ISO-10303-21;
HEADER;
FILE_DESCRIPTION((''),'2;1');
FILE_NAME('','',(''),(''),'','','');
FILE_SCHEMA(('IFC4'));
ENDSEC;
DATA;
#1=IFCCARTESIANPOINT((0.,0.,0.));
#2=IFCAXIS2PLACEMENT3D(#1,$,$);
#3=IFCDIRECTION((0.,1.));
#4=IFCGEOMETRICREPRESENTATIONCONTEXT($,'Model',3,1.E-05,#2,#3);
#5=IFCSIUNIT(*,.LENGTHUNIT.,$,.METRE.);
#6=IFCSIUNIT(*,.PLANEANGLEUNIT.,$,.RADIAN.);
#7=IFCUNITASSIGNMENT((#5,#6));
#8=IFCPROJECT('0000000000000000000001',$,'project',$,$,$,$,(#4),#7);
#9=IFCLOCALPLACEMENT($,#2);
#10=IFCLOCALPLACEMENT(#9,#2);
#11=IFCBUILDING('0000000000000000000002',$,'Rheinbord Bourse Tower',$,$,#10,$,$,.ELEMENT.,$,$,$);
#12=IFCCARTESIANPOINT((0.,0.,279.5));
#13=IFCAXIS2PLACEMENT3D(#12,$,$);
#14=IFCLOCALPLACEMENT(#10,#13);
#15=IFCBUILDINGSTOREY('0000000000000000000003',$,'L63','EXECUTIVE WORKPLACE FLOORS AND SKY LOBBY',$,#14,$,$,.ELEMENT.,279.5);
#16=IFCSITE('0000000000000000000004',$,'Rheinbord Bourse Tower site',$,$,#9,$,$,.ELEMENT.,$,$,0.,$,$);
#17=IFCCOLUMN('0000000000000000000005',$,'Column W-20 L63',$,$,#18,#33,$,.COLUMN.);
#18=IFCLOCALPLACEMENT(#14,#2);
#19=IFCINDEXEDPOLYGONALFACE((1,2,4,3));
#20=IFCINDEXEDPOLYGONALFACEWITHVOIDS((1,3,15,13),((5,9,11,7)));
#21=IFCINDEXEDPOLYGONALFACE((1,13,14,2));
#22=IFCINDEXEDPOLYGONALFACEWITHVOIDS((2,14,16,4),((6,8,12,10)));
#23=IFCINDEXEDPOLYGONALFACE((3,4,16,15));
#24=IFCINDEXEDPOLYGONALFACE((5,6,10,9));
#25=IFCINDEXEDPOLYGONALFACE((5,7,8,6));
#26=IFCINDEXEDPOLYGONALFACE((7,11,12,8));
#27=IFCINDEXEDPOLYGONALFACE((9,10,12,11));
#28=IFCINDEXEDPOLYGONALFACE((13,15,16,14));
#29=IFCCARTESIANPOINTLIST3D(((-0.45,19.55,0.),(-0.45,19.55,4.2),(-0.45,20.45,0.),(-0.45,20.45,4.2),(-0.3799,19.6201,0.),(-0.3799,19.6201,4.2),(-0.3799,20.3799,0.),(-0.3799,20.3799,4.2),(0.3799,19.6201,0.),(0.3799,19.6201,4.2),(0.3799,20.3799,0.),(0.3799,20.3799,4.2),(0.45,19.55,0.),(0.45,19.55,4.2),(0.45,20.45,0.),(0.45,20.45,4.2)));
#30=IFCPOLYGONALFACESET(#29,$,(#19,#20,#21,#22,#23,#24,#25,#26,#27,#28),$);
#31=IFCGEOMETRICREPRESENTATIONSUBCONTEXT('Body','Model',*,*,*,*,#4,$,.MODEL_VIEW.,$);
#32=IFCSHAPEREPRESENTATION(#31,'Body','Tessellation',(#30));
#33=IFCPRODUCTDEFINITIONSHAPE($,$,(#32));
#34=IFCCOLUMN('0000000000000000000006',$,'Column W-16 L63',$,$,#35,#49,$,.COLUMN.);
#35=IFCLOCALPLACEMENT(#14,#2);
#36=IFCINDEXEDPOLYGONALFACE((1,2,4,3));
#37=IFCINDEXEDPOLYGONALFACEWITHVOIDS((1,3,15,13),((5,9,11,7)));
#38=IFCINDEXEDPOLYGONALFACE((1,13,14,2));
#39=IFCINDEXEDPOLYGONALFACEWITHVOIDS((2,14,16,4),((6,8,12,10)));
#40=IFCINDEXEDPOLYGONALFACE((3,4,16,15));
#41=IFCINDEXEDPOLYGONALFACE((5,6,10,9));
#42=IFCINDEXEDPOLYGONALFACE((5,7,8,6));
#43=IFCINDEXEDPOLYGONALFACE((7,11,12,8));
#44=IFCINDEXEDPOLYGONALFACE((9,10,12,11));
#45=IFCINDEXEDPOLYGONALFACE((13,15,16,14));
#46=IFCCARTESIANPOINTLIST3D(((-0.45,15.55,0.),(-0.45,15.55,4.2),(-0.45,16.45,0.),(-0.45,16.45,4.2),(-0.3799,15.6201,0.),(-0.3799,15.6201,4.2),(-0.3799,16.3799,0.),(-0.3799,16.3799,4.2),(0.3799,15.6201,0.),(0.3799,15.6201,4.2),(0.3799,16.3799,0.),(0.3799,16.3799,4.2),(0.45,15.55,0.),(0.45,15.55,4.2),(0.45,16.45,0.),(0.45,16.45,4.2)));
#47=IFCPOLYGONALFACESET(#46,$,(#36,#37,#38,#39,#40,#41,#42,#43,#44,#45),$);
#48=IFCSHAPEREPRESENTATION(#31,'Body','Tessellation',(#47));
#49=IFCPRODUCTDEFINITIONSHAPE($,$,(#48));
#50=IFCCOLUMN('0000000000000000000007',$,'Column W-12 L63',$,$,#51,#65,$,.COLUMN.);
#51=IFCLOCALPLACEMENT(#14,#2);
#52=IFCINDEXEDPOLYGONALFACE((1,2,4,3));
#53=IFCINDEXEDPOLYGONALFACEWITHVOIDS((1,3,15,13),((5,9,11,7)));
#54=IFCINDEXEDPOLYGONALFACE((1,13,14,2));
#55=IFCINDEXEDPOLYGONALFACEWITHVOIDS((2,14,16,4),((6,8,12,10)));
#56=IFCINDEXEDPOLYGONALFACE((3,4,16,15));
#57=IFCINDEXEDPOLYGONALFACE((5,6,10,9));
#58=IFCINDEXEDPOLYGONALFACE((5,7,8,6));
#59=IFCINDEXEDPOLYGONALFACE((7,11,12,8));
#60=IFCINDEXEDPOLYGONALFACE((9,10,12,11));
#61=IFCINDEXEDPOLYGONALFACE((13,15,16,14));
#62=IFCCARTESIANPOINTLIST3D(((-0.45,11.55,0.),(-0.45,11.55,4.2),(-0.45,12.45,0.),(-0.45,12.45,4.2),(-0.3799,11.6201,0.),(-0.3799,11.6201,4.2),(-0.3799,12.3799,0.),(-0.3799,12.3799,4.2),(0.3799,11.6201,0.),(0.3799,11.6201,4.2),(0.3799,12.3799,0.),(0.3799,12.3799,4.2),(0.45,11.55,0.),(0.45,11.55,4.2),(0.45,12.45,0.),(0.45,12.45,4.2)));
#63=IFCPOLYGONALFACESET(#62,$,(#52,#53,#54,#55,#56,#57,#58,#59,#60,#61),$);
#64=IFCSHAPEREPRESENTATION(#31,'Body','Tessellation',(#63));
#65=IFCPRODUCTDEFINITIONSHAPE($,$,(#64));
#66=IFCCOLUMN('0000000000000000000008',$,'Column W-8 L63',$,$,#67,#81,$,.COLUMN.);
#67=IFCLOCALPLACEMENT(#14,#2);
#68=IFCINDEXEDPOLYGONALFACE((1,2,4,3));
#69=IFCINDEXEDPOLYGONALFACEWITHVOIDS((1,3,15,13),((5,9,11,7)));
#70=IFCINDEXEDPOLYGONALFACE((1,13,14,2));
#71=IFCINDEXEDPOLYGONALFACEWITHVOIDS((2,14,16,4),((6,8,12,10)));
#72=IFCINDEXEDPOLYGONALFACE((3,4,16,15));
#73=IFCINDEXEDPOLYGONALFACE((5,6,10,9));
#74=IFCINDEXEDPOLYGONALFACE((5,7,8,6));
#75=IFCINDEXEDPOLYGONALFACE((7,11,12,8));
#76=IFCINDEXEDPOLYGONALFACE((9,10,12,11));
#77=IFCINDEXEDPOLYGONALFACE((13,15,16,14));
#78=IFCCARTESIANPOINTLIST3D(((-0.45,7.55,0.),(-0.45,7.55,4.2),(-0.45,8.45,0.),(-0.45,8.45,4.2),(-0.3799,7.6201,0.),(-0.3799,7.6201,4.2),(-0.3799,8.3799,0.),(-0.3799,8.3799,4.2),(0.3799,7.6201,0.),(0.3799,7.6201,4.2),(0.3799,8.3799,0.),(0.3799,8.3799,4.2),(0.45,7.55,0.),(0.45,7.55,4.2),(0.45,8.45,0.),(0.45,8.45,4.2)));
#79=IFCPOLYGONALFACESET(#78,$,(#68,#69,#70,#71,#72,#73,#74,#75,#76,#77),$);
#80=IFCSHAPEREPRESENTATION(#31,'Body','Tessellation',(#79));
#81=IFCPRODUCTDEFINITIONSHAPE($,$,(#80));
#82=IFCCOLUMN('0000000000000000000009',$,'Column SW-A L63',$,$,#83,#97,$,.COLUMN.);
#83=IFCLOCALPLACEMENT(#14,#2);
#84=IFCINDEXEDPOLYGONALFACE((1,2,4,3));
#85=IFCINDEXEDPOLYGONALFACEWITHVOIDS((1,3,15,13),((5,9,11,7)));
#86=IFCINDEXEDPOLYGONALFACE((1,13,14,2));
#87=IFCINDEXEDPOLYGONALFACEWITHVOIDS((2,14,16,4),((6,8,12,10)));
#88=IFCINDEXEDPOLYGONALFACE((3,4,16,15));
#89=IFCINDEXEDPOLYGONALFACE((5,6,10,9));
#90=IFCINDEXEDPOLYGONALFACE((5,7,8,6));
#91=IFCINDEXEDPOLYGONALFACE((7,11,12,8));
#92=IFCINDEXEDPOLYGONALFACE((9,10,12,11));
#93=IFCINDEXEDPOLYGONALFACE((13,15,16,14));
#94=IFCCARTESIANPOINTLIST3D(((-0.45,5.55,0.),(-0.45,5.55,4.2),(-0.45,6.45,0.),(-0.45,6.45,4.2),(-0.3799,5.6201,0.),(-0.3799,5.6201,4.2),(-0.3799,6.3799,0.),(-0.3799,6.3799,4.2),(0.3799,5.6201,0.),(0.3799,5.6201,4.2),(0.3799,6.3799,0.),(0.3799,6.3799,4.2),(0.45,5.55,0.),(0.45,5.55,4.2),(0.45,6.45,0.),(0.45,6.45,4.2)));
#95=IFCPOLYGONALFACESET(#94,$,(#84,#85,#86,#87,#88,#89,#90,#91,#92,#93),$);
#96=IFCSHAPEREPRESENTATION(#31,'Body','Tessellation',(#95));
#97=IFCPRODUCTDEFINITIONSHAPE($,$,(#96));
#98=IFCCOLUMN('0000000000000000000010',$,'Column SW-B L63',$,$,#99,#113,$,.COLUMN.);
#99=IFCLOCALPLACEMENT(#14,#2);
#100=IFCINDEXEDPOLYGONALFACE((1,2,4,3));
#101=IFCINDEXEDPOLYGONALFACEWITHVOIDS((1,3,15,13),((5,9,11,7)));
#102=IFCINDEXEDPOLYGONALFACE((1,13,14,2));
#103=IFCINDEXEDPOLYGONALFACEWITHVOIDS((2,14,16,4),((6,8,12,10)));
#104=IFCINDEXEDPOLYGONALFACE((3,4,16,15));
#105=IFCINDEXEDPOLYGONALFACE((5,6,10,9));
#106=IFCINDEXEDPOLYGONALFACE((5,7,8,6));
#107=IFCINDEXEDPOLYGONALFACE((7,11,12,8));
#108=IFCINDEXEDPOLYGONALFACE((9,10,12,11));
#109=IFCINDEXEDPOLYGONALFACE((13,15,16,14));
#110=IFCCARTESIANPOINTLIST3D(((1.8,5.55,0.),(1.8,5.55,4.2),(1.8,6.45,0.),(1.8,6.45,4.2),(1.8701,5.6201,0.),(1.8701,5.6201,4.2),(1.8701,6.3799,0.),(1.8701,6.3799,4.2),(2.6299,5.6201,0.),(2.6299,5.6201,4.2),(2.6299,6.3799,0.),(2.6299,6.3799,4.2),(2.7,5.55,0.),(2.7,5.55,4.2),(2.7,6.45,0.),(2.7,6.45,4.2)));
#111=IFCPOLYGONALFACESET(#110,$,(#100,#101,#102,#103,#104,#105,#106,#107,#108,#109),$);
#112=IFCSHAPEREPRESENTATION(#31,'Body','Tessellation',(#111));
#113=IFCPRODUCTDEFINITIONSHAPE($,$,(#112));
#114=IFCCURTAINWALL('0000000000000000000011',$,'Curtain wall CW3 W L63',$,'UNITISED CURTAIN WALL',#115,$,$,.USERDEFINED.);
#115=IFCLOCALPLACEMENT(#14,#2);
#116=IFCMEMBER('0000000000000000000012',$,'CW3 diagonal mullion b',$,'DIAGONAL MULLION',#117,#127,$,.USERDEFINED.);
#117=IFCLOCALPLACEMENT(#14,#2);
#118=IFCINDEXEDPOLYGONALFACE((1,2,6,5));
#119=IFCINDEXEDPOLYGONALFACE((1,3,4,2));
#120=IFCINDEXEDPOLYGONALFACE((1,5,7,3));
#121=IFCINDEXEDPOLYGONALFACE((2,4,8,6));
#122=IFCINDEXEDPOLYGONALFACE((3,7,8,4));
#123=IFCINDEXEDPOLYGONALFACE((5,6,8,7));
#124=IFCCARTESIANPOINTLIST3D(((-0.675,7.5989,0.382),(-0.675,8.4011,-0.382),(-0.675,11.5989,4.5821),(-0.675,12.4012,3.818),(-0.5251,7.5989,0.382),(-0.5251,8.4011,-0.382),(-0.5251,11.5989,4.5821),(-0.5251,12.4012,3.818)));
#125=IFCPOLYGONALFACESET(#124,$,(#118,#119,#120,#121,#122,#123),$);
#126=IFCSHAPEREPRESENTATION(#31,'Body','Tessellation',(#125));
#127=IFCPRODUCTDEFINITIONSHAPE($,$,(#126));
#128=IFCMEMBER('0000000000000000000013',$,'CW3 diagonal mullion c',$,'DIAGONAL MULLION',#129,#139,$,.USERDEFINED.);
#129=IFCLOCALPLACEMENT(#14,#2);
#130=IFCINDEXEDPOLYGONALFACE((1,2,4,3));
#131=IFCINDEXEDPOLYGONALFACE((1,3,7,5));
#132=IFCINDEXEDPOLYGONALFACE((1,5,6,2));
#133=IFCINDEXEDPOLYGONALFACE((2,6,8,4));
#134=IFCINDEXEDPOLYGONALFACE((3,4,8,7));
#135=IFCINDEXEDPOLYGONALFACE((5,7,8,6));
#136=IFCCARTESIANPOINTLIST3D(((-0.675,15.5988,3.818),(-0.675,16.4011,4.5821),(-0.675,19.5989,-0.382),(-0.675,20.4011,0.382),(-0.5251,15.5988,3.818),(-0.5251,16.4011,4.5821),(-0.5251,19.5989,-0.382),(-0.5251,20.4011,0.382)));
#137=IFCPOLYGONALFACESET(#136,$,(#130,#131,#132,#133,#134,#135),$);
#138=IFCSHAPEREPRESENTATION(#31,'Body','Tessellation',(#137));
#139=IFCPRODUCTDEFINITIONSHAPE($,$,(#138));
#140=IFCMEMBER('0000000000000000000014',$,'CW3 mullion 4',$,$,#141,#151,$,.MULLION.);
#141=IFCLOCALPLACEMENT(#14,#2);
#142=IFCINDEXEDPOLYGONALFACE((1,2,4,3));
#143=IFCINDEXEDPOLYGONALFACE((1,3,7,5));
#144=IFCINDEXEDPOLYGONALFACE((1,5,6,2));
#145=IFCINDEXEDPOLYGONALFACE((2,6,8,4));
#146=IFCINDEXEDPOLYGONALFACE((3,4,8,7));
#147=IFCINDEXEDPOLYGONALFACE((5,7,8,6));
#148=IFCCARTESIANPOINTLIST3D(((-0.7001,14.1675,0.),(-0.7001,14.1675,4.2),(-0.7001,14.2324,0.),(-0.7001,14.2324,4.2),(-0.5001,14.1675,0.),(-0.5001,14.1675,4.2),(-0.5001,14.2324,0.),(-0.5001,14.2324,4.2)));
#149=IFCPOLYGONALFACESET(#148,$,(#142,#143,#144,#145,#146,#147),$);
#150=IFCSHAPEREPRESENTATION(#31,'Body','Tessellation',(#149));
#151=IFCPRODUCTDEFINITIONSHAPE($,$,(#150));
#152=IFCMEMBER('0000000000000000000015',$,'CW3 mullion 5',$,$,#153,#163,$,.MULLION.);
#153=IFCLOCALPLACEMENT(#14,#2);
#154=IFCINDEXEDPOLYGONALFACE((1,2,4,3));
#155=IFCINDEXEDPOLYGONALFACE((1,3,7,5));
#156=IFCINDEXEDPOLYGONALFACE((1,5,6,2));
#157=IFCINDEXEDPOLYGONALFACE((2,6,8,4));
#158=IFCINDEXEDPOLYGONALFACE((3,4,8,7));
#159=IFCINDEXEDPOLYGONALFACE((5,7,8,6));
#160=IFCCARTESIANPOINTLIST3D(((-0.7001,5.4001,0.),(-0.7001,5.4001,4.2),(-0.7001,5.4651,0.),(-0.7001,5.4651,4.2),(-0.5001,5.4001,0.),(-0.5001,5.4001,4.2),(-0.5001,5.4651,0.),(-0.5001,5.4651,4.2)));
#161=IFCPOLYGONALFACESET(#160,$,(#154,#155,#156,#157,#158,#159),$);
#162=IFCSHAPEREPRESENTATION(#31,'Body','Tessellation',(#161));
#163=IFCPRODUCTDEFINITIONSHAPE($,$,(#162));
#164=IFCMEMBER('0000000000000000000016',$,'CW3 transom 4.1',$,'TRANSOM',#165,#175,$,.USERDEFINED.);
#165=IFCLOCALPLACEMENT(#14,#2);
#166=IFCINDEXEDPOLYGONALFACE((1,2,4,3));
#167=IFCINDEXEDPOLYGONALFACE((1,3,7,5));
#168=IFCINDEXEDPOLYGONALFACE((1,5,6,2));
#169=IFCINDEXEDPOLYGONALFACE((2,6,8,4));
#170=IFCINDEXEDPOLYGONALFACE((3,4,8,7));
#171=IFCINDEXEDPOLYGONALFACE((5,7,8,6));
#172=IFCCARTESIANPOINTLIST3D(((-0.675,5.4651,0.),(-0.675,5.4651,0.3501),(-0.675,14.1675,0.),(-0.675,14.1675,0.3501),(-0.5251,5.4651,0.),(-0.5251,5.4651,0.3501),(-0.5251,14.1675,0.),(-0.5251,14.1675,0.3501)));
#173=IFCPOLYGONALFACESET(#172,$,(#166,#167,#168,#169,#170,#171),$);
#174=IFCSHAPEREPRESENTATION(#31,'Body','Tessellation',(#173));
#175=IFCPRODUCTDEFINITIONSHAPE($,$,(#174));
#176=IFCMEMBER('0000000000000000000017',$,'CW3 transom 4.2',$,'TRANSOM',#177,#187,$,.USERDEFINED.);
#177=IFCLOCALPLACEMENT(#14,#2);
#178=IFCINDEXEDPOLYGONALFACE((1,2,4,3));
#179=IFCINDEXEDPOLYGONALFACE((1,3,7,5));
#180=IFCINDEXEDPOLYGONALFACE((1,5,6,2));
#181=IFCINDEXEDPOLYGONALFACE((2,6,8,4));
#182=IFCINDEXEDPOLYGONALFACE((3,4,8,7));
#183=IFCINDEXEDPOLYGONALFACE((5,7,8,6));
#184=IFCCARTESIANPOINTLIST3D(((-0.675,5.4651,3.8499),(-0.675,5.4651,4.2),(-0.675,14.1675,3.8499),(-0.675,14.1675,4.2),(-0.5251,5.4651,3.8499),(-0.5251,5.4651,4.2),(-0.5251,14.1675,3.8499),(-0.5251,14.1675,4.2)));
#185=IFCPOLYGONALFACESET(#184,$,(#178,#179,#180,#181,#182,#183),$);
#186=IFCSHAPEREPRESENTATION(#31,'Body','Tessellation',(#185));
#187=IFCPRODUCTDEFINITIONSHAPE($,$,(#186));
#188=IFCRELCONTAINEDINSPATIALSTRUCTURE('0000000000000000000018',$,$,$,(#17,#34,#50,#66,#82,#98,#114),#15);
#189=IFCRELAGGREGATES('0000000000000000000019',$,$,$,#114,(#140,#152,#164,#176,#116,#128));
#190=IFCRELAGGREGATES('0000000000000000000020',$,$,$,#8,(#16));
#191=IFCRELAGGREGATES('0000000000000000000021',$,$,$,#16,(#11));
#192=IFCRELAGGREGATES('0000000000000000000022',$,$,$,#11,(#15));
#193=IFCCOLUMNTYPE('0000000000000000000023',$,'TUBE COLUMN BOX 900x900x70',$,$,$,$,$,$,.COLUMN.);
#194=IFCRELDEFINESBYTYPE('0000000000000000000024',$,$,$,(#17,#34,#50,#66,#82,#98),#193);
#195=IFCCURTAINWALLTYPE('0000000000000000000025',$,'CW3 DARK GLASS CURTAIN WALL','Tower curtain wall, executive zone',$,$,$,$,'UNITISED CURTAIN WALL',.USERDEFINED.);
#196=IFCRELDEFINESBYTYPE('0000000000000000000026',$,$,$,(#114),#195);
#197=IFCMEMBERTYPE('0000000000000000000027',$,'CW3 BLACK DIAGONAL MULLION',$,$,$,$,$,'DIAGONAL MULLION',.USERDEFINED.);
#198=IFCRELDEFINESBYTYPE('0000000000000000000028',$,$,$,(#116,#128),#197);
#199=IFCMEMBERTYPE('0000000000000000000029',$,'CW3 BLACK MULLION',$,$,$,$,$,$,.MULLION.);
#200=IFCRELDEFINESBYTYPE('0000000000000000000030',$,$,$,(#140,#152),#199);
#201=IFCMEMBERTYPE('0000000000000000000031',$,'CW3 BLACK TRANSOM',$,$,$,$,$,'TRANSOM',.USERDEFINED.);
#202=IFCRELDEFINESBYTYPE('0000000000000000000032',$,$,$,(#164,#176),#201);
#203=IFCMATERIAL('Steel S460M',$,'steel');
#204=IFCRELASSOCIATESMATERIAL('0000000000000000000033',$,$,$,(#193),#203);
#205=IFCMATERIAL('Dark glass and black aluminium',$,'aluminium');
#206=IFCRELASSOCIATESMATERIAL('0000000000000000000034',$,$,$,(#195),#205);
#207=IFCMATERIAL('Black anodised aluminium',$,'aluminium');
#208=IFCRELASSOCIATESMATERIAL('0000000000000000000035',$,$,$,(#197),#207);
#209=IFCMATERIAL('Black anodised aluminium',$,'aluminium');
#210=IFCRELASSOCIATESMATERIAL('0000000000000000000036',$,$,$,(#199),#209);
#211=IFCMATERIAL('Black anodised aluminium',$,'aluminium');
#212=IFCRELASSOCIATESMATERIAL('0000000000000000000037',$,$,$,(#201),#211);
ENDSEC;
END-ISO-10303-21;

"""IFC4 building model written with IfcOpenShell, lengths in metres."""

from ifc_helpers import new_model, si_unit, direction, frame, origin, origin_2d, place, context, subcontext, project, spatial, rectangle, hollow_rectangle, extrude, material, material_profile, profile_set, type_object, element, aggregate, save


model = new_model("IFC4")

# Units and contexts
model_context = context("Model", 3, precision=1e-05, world=origin(), true_north=direction((0.0, 1.0)))
body_context = subcontext(model_context, "Body", "Model", "MODEL_VIEW")
ifc_project = project(units=[si_unit("LENGTHUNIT", "METRE"), si_unit("PLANEANGLEUNIT", "RADIAN")], contexts=[model_context])

# Site, building, storey
site_placement = place(None, origin())
site = spatial("IfcSite", under=ifc_project, at=site_placement, Name="Rheinbord Bourse Tower site", CompositionType="ELEMENT", RefElevation=0.0)
building_placement = place(site_placement, origin())
building = spatial("IfcBuilding", under=site, at=building_placement, Name="Rheinbord Bourse Tower", CompositionType="ELEMENT")
storey_placement = place(building_placement, frame((0.0, 0.0, 279.5)))
storey = spatial("IfcBuildingStorey", under=building, at=storey_placement, Name="L63", Description="EXECUTIVE WORKPLACE FLOORS AND SKY LOBBY", CompositionType="ELEMENT", Elevation=279.5)

# Columns
ifc_material_1 = material(Name="Steel S460M", Category="steel")
ifc_material_profile_1 = material_profile(ifc_material_1, hollow_rectangle(XDim=0.8999, YDim=0.8999, WallThickness=0.0701, at=origin_2d()), Name="BOX 900x900x70")
ifc_profile_set_1 = profile_set([ifc_material_profile_1], Name="Steel S460M")
column_type = type_object("IfcColumnType", Name="TUBE COLUMN BOX 900x900x70", PredefinedType="COLUMN", material=ifc_profile_set_1)
for number, where, z_axis, x_axis, name in (
    (1, (0.0, 20.0, 0.0), (0.0, 0.0, 1.0), (1.0, 0.0, 0.0), "Column W-20 L63"),
    (2, (0.0, 16.0, 0.0), (0.0, 0.0, 1.0), (1.0, 0.0, 0.0), "Column W-16 L63"),
    (3, (0.0, 12.0, 0.0), (0.0, 0.0, 1.0), (1.0, 0.0, 0.0), "Column W-12 L63"),
    (4, (0.0, 8.0, 0.0), (0.0, 0.0, 1.0), (1.0, 0.0, 0.0), "Column W-8 L63"),
    (5, (0.0, 6.0, 0.0), (0.0, 0.0, 1.0), (1.0, 0.0, 0.0), "Column SW-A L63"),
    (6, (2.25, 6.0, 0.0), (0.0, 0.0, 1.0), (1.0, 0.0, 0.0), "Column SW-B L63"),
):
    element("IfcColumn", number, at=place(storey_placement, frame(where, z_axis=z_axis, x_axis=x_axis)), inside=storey, type_object=column_type, Name=name, PredefinedType="COLUMN", context=body_context, shape_type="SweptSolid", body=[
        extrude(hollow_rectangle(XDim=0.8999, YDim=0.8999, WallThickness=0.0701, at=origin_2d()), origin(), (0.0, 0.0, 1.0), 4.2),
    ])

# Curtain wall, members
ifc_material_2 = material(Name="Dark glass and black aluminium", Category="aluminium")
curtain_wall_type = type_object("IfcCurtainWallType", Name="CW3 DARK GLASS CURTAIN WALL", Description="Tower curtain wall, executive zone", ElementType="UNITISED CURTAIN WALL", PredefinedType="USERDEFINED", material=ifc_material_2)
curtain_wall_placement = place(storey_placement, origin())
curtain_wall = element("IfcCurtainWall", 7, at=curtain_wall_placement, inside=storey, type_object=curtain_wall_type, Name="Curtain wall CW3 W L63", ObjectType="UNITISED CURTAIN WALL", PredefinedType="USERDEFINED")
ifc_material_3 = material(Name="Black anodised aluminium", Category="aluminium")
ifc_material_profile_2 = material_profile(ifc_material_3, rectangle(XDim=0.1499, YDim=1.1079, at=origin_2d()), Name="CW3 DIAGONAL MULLION 1108x150")
ifc_profile_set_2 = profile_set([ifc_material_profile_2], Name="Black anodised aluminium")
member_type_1 = type_object("IfcMemberType", Name="CW3 BLACK DIAGONAL MULLION", ElementType="DIAGONAL MULLION", PredefinedType="USERDEFINED", material=ifc_profile_set_2)
member_1_placement = place(storey_placement, frame((-0.6001, 8.0, 0.0), z_axis=(0.0, 0.689659, 0.724134), x_axis=(-1.0, 0.0, 0.0)))
member_1 = element("IfcMember", 8, at=member_1_placement, type_object=member_type_1, Name="CW3 diagonal mullion b", ObjectType="DIAGONAL MULLION", PredefinedType="USERDEFINED", context=body_context, shape_type="SweptSolid", body=[
    extrude(rectangle(XDim=0.1499, YDim=1.1079, at=origin_2d()), origin(), (0.0, 0.0, 1.0), 5.8),
])
member_2_placement = place(storey_placement, frame((-0.6001, 20.0, 0.0), z_axis=(0.0, -0.689659, 0.724134), x_axis=(1.0, 0.0, 0.0)))
member_2 = element("IfcMember", 9, at=member_2_placement, type_object=member_type_1, Name="CW3 diagonal mullion c", ObjectType="DIAGONAL MULLION", PredefinedType="USERDEFINED", context=body_context, shape_type="SweptSolid", body=[
    extrude(rectangle(XDim=0.1499, YDim=1.1079, at=origin_2d()), origin(), (0.0, 0.0, 1.0), 5.8),
])
ifc_material_4 = material(Name="Black anodised aluminium", Category="aluminium")
ifc_material_profile_3 = material_profile(ifc_material_4, rectangle(XDim=0.2, YDim=0.0649, at=origin_2d()), Name="CW3 MULLION 65x200")
ifc_profile_set_3 = profile_set([ifc_material_profile_3], Name="Black anodised aluminium")
member_type_2 = type_object("IfcMemberType", Name="CW3 BLACK MULLION", PredefinedType="MULLION", material=ifc_profile_set_3)
member_3_placement = place(storey_placement, frame((-0.6001, 14.2, 0.0), z_axis=(0.0, 0.0, 1.0), x_axis=(1.0, 0.0, 0.0)))
member_3 = element("IfcMember", 10, at=member_3_placement, type_object=member_type_2, Name="CW3 mullion 4", PredefinedType="MULLION", context=body_context, shape_type="SweptSolid", body=[
    extrude(rectangle(XDim=0.2, YDim=0.0649, at=origin_2d()), origin(), (0.0, 0.0, 1.0), 4.2),
])
member_4_placement = place(storey_placement, frame((-0.6001, 5.4326, 0.0), z_axis=(0.0, 0.0, 1.0), x_axis=(1.0, 0.0, 0.0)))
member_4 = element("IfcMember", 11, at=member_4_placement, type_object=member_type_2, Name="CW3 mullion 5", PredefinedType="MULLION", context=body_context, shape_type="SweptSolid", body=[
    extrude(rectangle(XDim=0.2, YDim=0.0649, at=origin_2d()), origin(), (0.0, 0.0, 1.0), 4.2),
])
ifc_material_5 = material(Name="Black anodised aluminium", Category="aluminium")
ifc_material_profile_4 = material_profile(ifc_material_5, rectangle(XDim=0.1499, YDim=0.3501, at=origin_2d()), Name="CW3 TRANSOM 350x150")
ifc_profile_set_4 = profile_set([ifc_material_profile_4], Name="Black anodised aluminium")
member_type_3 = type_object("IfcMemberType", Name="CW3 BLACK TRANSOM", ElementType="TRANSOM", PredefinedType="USERDEFINED", material=ifc_profile_set_4)
member_5_placement = place(storey_placement, frame((-0.6001, 14.1675, 0.175), z_axis=(0.0, -1.0, 0.0), x_axis=(1.0, 0.0, 0.0)))
member_5 = element("IfcMember", 12, at=member_5_placement, type_object=member_type_3, Name="CW3 transom 4.1", ObjectType="TRANSOM", PredefinedType="USERDEFINED", context=body_context, shape_type="SweptSolid", body=[
    extrude(rectangle(XDim=0.1499, YDim=0.3501, at=origin_2d()), origin(), (0.0, 0.0, 1.0), 8.7024),
])
member_6_placement = place(storey_placement, frame((-0.6001, 14.1675, 4.0249), z_axis=(0.0, -1.0, 0.0), x_axis=(1.0, 0.0, 0.0)))
member_6 = element("IfcMember", 13, at=member_6_placement, type_object=member_type_3, Name="CW3 transom 4.2", ObjectType="TRANSOM", PredefinedType="USERDEFINED", context=body_context, shape_type="SweptSolid", body=[
    extrude(rectangle(XDim=0.1499, YDim=0.3501, at=origin_2d()), origin(), (0.0, 0.0, 1.0), 8.7024),
])

aggregate(curtain_wall, [member_3, member_4, member_5, member_6, member_1, member_2])

save(model, "model.ifc")
